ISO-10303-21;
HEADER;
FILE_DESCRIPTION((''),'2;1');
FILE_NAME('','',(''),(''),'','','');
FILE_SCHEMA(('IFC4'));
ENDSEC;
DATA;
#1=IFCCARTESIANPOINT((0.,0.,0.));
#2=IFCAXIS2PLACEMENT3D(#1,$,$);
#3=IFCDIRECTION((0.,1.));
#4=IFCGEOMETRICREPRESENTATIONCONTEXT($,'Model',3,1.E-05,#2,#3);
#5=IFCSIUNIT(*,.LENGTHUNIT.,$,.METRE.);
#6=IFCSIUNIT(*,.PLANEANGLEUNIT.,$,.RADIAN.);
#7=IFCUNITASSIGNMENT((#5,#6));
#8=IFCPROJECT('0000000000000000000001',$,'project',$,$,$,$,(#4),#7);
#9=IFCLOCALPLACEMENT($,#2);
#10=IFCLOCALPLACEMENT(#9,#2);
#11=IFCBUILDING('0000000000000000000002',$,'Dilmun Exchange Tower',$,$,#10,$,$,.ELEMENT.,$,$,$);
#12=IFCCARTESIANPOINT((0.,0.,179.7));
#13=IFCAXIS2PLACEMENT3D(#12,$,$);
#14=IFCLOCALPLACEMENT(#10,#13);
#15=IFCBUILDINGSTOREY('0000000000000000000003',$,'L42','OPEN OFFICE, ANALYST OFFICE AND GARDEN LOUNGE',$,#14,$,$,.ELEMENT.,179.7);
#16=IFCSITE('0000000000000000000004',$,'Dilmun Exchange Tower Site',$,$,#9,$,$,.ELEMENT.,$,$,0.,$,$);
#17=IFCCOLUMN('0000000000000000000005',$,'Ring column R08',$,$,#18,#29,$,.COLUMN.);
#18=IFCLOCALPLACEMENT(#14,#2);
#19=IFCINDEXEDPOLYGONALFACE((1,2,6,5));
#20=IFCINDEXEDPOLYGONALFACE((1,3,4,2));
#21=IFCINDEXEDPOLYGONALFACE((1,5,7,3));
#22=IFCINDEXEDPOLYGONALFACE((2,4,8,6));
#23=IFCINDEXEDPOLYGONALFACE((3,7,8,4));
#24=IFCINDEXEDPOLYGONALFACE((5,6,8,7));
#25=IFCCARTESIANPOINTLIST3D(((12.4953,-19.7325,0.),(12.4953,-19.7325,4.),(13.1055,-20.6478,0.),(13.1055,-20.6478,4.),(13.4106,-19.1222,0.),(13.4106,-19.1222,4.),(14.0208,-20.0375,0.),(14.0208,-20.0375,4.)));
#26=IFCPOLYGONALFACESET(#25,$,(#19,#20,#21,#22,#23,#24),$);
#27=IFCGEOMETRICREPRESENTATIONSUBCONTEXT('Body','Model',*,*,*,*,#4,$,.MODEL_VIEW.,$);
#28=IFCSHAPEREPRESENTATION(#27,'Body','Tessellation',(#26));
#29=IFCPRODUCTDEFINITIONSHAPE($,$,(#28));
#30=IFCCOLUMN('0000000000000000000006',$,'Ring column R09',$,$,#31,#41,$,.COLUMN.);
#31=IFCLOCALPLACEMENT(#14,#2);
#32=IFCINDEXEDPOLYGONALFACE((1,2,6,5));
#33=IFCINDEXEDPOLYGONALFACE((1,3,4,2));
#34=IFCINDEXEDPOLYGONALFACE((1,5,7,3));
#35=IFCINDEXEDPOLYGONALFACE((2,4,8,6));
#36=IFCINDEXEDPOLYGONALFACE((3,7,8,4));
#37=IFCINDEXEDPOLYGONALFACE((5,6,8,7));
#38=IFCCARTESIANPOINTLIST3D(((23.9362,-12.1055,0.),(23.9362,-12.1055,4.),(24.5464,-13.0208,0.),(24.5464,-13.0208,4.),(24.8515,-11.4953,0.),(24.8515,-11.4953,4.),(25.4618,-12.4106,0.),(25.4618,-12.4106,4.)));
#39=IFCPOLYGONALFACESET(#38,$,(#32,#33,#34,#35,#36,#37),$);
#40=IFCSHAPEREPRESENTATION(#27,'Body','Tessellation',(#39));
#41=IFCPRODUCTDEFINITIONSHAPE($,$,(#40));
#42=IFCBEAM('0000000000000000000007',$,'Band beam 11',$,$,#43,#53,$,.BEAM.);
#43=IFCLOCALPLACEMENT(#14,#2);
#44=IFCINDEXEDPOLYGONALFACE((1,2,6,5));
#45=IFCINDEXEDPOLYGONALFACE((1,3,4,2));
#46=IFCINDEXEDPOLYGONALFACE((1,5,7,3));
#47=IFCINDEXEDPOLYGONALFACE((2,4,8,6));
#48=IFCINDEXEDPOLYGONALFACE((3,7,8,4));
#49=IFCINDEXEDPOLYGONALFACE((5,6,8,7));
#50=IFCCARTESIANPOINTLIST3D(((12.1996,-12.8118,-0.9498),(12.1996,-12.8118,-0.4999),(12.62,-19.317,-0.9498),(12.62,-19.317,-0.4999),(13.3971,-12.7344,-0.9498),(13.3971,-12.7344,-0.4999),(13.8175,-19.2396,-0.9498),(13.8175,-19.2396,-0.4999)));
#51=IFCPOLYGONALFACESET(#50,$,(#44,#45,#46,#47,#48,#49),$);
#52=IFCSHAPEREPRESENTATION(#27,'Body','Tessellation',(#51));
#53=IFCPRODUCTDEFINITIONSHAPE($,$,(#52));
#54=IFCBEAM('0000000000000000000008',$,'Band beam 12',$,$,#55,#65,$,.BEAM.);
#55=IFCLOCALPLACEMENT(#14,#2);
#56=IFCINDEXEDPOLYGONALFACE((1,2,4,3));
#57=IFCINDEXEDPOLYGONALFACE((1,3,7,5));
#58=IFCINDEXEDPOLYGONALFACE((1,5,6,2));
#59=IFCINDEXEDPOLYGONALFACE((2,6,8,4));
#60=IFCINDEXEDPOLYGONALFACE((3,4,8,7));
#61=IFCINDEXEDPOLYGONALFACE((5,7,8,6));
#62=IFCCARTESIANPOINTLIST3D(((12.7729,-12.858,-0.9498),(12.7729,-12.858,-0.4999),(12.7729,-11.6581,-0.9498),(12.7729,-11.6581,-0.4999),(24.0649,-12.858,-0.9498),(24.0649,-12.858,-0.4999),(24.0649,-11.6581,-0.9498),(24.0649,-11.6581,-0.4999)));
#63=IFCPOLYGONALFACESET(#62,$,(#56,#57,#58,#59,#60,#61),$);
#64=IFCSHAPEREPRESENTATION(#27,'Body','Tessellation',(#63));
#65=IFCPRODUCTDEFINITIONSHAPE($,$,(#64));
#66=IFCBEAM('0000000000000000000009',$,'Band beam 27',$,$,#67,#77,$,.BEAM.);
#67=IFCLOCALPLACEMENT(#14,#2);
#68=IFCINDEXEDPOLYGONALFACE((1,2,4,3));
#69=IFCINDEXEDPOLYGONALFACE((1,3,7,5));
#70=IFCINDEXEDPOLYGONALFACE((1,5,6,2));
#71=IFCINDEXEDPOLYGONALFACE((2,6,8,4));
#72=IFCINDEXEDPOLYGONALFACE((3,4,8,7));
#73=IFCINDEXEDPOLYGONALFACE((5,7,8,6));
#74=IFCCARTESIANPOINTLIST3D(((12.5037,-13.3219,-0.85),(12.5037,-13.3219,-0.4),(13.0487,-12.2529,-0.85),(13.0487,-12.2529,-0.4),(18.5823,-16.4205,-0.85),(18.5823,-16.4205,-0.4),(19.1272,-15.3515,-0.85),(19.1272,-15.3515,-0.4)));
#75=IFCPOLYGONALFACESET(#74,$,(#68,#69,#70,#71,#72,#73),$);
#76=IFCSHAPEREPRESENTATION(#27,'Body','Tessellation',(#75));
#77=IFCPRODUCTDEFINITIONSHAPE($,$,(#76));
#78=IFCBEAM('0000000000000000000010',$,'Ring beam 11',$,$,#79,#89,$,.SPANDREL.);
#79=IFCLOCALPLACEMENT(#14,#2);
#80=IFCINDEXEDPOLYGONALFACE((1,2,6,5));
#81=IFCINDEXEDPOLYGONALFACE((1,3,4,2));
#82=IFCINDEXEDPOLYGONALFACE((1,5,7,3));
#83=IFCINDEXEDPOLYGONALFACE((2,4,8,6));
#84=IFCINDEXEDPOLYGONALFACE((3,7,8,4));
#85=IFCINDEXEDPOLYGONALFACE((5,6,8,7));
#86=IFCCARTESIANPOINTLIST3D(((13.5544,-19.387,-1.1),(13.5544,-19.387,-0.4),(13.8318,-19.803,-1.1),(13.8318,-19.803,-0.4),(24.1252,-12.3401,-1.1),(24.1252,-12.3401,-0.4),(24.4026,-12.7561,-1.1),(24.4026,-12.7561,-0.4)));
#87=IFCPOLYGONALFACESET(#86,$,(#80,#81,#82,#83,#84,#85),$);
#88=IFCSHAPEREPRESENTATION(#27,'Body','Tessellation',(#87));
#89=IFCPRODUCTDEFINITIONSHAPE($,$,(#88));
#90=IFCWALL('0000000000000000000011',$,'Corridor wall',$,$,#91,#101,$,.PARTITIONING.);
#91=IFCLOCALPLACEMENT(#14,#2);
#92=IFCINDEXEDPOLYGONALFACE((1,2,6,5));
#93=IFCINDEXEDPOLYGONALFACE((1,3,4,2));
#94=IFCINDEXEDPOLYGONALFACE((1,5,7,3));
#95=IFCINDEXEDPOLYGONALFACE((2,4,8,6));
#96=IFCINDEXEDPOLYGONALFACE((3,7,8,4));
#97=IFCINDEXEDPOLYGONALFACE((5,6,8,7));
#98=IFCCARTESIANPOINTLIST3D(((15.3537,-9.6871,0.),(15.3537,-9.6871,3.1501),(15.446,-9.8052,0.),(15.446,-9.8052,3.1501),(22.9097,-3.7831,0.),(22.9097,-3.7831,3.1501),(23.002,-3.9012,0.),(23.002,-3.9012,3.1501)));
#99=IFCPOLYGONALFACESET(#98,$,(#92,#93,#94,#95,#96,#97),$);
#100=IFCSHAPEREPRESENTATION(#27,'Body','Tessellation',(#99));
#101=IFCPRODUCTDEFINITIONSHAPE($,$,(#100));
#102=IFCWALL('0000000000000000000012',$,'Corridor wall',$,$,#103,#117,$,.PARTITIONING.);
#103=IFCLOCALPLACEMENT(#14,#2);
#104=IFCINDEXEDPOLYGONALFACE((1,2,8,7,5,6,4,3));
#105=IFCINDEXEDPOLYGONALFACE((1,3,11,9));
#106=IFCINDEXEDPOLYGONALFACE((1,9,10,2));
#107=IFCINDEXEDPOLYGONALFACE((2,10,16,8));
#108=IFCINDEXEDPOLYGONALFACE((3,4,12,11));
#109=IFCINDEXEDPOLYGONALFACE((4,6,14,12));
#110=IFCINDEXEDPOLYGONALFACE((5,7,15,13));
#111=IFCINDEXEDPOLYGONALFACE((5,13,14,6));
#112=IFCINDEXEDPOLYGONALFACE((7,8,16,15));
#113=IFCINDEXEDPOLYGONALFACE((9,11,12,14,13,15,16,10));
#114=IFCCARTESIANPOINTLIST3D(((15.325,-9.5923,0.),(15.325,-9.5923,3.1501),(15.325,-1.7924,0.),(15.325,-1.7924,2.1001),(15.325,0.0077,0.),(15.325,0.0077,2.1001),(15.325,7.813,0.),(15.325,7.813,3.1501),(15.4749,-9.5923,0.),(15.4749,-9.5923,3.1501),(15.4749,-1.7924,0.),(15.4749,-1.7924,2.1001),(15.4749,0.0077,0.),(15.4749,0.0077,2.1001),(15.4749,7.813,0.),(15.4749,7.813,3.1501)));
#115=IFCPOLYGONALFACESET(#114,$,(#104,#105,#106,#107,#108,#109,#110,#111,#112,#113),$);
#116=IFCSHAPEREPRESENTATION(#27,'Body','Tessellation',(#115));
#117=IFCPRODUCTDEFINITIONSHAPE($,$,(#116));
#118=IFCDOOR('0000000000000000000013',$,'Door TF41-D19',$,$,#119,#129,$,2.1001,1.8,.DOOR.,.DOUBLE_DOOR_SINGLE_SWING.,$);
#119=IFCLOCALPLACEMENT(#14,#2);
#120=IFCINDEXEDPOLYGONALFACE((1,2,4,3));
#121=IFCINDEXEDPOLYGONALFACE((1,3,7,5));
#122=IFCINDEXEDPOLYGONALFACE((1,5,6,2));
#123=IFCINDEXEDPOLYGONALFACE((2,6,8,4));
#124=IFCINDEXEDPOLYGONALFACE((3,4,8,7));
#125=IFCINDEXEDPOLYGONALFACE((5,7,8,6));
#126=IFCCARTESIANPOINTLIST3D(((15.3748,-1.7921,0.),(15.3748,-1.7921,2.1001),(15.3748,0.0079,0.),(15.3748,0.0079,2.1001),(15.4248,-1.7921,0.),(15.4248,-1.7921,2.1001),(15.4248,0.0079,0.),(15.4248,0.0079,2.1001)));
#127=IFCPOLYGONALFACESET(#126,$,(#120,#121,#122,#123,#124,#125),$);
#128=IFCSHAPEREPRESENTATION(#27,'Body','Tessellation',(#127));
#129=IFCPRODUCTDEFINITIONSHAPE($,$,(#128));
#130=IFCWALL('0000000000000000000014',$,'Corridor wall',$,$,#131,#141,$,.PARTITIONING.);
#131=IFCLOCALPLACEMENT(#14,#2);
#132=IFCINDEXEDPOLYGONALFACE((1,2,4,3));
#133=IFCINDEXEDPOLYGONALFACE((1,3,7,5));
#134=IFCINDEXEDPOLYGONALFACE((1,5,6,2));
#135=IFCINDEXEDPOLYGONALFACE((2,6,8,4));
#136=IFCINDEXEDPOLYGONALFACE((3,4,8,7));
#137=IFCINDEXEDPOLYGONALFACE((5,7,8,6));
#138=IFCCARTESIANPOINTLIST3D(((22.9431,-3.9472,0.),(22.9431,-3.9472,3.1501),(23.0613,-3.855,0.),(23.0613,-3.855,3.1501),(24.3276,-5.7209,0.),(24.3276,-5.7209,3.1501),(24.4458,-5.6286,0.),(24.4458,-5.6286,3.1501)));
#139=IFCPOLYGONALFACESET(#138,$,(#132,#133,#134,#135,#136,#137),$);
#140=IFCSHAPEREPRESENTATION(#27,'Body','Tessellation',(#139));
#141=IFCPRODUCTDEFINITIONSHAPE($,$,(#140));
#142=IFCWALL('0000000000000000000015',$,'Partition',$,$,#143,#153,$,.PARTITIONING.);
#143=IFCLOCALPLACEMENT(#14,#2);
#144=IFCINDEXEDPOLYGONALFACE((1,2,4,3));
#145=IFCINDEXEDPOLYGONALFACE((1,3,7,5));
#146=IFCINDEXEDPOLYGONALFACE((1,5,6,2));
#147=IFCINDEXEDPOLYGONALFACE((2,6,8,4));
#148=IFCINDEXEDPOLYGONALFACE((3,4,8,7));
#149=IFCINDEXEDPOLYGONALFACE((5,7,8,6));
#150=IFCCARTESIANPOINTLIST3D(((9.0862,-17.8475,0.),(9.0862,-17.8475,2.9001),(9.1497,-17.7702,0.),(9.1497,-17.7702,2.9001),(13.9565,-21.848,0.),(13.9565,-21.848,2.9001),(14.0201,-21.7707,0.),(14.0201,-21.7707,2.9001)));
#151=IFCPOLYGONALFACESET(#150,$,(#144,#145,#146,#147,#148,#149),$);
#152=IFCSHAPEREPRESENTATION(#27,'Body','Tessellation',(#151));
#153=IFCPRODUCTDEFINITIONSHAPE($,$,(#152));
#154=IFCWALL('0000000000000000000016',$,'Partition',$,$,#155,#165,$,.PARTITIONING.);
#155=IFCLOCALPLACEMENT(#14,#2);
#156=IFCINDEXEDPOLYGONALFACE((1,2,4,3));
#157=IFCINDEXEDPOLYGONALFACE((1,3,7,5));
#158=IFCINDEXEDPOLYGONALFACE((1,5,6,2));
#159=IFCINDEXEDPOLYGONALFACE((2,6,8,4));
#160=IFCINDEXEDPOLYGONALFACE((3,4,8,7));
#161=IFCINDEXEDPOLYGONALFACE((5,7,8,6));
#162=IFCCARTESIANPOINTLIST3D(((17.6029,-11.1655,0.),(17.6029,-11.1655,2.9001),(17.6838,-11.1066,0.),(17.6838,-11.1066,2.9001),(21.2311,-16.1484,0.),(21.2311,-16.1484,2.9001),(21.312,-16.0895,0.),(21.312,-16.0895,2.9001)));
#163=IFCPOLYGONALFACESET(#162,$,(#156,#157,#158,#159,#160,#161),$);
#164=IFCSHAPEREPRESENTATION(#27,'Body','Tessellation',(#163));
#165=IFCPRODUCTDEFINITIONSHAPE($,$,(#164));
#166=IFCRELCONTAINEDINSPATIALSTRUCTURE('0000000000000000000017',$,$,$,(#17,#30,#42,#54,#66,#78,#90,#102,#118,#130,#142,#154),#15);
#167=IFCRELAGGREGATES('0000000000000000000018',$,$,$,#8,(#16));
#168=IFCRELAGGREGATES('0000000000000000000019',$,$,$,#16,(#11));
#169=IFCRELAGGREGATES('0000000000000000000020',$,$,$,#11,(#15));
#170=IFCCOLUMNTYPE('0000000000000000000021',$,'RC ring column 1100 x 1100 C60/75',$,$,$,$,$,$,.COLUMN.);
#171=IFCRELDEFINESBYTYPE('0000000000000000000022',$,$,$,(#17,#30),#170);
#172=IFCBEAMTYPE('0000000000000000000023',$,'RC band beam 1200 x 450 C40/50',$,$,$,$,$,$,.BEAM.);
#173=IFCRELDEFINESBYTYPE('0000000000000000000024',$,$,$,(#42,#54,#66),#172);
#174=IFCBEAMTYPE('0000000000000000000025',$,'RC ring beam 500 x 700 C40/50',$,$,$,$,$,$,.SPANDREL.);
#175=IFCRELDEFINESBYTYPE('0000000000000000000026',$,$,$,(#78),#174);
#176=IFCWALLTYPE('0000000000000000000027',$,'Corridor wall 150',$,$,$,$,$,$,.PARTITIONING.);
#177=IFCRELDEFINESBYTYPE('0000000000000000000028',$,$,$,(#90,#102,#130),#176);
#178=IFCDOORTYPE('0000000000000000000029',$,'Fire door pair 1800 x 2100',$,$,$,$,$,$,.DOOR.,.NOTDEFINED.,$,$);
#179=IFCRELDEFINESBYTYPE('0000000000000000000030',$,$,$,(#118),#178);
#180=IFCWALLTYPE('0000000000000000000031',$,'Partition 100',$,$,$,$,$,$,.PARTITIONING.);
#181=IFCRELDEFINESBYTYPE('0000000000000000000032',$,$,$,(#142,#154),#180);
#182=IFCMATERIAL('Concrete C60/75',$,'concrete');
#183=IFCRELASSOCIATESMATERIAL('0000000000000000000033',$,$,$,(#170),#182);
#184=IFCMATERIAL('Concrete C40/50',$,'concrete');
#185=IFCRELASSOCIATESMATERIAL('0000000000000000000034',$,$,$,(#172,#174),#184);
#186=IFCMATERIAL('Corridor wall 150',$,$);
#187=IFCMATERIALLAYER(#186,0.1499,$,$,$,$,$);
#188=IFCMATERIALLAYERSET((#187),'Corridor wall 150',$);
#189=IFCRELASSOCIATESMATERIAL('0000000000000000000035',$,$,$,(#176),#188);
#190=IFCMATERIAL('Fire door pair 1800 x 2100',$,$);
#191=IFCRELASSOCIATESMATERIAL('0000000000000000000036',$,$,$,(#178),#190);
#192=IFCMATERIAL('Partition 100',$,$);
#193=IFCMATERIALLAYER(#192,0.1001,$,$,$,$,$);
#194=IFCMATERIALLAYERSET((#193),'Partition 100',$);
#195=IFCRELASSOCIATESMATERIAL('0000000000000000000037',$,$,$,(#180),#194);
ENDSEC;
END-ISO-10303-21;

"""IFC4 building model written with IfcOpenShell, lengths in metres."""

from ifc_helpers import new_model, si_unit, direction, frame, frame_2d, origin, origin_2d, place, context, subcontext, project, spatial, rectangle, extrude, material, layer, layer_set, material_profile, profile_set, type_object, element, fill, save


model = new_model("IFC4")

# Units and contexts
model_context = context("Model", 3, precision=1e-05, world=origin(), true_north=direction((0.0, 1.0)))
body_context = subcontext(model_context, "Body", "Model", "MODEL_VIEW")
ifc_project = project(units=[si_unit("LENGTHUNIT", "METRE"), si_unit("PLANEANGLEUNIT", "RADIAN")], contexts=[model_context])

# Site, building, storey
site_placement = place(None, origin())
site = spatial("IfcSite", under=ifc_project, at=site_placement, Name="Dilmun Exchange Tower Site", CompositionType="ELEMENT", RefElevation=0.0)
building_placement = place(site_placement, origin())
building = spatial("IfcBuilding", under=site, at=building_placement, Name="Dilmun Exchange Tower", CompositionType="ELEMENT")
storey_placement = place(building_placement, frame((0.0, 0.0, 179.7)))
storey = spatial("IfcBuildingStorey", under=building, at=storey_placement, Name="L42", Description="OPEN OFFICE, ANALYST OFFICE AND GARDEN LOUNGE", CompositionType="ELEMENT", Elevation=179.7)

# Columns
ifc_material_1 = material(Name="Concrete C60/75", Category="concrete")
ifc_material_profile_1 = material_profile(ifc_material_1, rectangle(XDim=1.1001, YDim=1.1001, at=origin_2d()), Name="1100 x 1100")
ifc_profile_set_1 = profile_set([ifc_material_profile_1], Name="Concrete C60/75")
column_type = type_object("IfcColumnType", Name="RC ring column 1100 x 1100 C60/75", PredefinedType="COLUMN", material=ifc_profile_set_1)
for number, where, z_axis, x_axis, name in (
    (1, (13.2581, -19.885, 0.0), (0.0, 0.0, 1.0), (0.832029, 0.554733, 0.0), "Ring column R08"),
    (2, (24.699, -12.2581, 0.0), (0.0, 0.0, 1.0), (0.832029, 0.554733, 0.0), "Ring column R09"),
):
    element("IfcColumn", number, at=place(storey_placement, frame(where, z_axis=z_axis, x_axis=x_axis)), inside=storey, type_object=column_type, Name=name, PredefinedType="COLUMN", context=body_context, shape_type="SweptSolid", body=[
        extrude(rectangle(XDim=1.1001, YDim=1.1001, at=origin_2d()), origin(), (0.0, 0.0, 1.0), 4.0),
    ])

# Beams
ifc_material_2 = material(Name="Concrete C40/50", Category="concrete")
ifc_material_profile_2 = material_profile(ifc_material_2, rectangle(XDim=1.2, YDim=0.45, at=origin_2d()), Name="1200 x 450")
ifc_profile_set_2 = profile_set([ifc_material_profile_2], Name="Concrete C40/50")
beam_type_1 = type_object("IfcBeamType", Name="RC band beam 1200 x 450 C40/50", PredefinedType="BEAM", material=ifc_profile_set_2)
beam_1_placement = place(storey_placement, frame((13.2188, -19.2783, -0.7249), z_axis=(-0.064493, 0.997918, 0.0), x_axis=(-0.997918, -0.064493, 0.0)))
element("IfcBeam", 3, at=beam_1_placement, inside=storey, type_object=beam_type_1, Name="Band beam 11", PredefinedType="BEAM", context=body_context, shape_type="SweptSolid", body=[
    extrude(rectangle(XDim=1.2, YDim=0.45, at=origin_2d()), origin(), (0.0, 0.0, 1.0), 6.5188),
])
beam_2_placement = place(storey_placement, frame((24.0649, -12.2581, -0.7249), z_axis=(-1.0, 0.0, 0.0), x_axis=(0.0, -1.0, 0.0)))
element("IfcBeam", 4, at=beam_2_placement, inside=storey, type_object=beam_type_1, Name="Band beam 12", PredefinedType="BEAM", context=body_context, shape_type="SweptSolid", body=[
    extrude(rectangle(XDim=1.2, YDim=0.45, at=origin_2d()), origin(), (0.0, 0.0, 1.0), 11.292),
])
beam_3_placement = place(storey_placement, frame((18.8547, -15.886, -0.625), z_axis=(-0.890922, 0.454156, 0.0), x_axis=(-0.454156, -0.890922, 0.0)))
element("IfcBeam", 5, at=beam_3_placement, inside=storey, type_object=beam_type_1, Name="Band beam 27", PredefinedType="BEAM", context=body_context, shape_type="SweptSolid", body=[
    extrude(rectangle(XDim=1.2, YDim=0.45, at=origin_2d()), origin(), (0.0, 0.0, 1.0), 6.8228),
])
ifc_material_profile_3 = material_profile(ifc_material_2, rectangle(XDim=0.5, YDim=0.7, at=origin_2d()), Name="500 x 700")
ifc_profile_set_3 = profile_set([ifc_material_profile_3], Name="Concrete C40/50")
beam_type_2 = type_object("IfcBeamType", Name="RC ring beam 500 x 700 C40/50", PredefinedType="SPANDREL", material=ifc_profile_set_3)
beam_4_placement = place(storey_placement, frame((13.6931, -19.595, -0.75), z_axis=(0.832062, 0.554682, 0.0), x_axis=(-0.554682, 0.832062, 0.0)))
element("IfcBeam", 6, at=beam_4_placement, inside=storey, type_object=beam_type_2, Name="Ring beam 11", PredefinedType="SPANDREL", context=body_context, shape_type="SweptSolid", body=[
    extrude(rectangle(XDim=0.5, YDim=0.7, at=origin_2d()), origin(), (0.0, 0.0, 1.0), 12.7043),
])

# Wall
ifc_material_3 = material(Name="Corridor wall 150")
ifc_layer_1 = layer(ifc_material_3, 0.1499)
ifc_layer_set_1 = layer_set([ifc_layer_1], Name="Corridor wall 150")
wall_type_1 = type_object("IfcWallType", Name="Corridor wall 150", PredefinedType="PARTITIONING", material=ifc_layer_set_1)
wall_1_placement = place(storey_placement, frame((15.3999, -9.7461, 0.0), z_axis=(0.0, 0.0, 1.0), x_axis=(0.787983, 0.615696, 0.0)))
element("IfcWall", 7, at=wall_1_placement, inside=storey, type_object=wall_type_1, Name="Corridor wall", PredefinedType="PARTITIONING", context=body_context, shape_type="SweptSolid", body=[
    extrude(rectangle(XDim=9.5891, YDim=0.1499, at=frame_2d((4.7944, 0.0))), origin(), (0.0, 0.0, 1.0), 3.1501),
])

# Wall, opening, door
wall_2_placement = place(storey_placement, frame((15.3999, -9.5923, 0.0), z_axis=(0.0, 0.0, 1.0), x_axis=(0.0, 1.0, 0.0)))
wall_2 = element("IfcWall", 8, at=wall_2_placement, inside=storey, type_object=wall_type_1, Name="Corridor wall", PredefinedType="PARTITIONING", context=body_context, shape_type="SweptSolid", body=[
    extrude(rectangle(XDim=17.4053, YDim=0.1499, at=frame_2d((8.7026, 0.0))), origin(), (0.0, 0.0, 1.0), 3.1501),
])
opening_1_placement = place(wall_2_placement, frame((7.8, 0.0, 0.0)))
opening_1 = element("IfcOpeningElement", 9, at=opening_1_placement, cuts=wall_2, PredefinedType="OPENING", context=body_context, shape_type="SweptSolid", body=[
    extrude(rectangle(XDim=1.8, YDim=2.1001, at=frame_2d((0.8999, 1.05))), frame((0.0, 0.085, 0.0), z_axis=(0.0, -1.0, 0.0), x_axis=(1.0, 0.0, 0.0)), (0.0, 0.0, 1.0), 0.1699),
])
ifc_material_4 = material(Name="Fire door pair 1800 x 2100")
door_type_1 = type_object("IfcDoorType", Name="Fire door pair 1800 x 2100", OperationType="NOTDEFINED", PredefinedType="DOOR", material=ifc_material_4)
door_1_placement = place(opening_1_placement, frame((1.8, 0.0, 0.0), z_axis=(0.0, 0.0, 1.0), x_axis=(-1.0, 0.0, 0.0)))
door_1 = element("IfcDoor", 10, at=door_1_placement, inside=storey, type_object=door_type_1, Name="Door TF41-D19", OperationType="DOUBLE_DOOR_SINGLE_SWING", OverallHeight=2.1001, OverallWidth=1.8, PredefinedType="DOOR", context=body_context, shape_type="SweptSolid", body=[
    extrude(rectangle(XDim=1.8, YDim=2.1001, at=frame_2d((0.8999, 1.05))), frame((0.0, 0.0249, 0.0), z_axis=(0.0, -1.0, 0.0), x_axis=(1.0, 0.0, 0.0)), (0.0, 0.0, 1.0), 0.05),
])
fill(opening_1, door_1)

# Walls
wall_3_placement = place(storey_placement, frame((23.0022, -3.9011, 0.0), z_axis=(0.0, 0.0, 1.0), x_axis=(0.615322, -0.788276, 0.0)))
element("IfcWall", 11, at=wall_3_placement, inside=storey, type_object=wall_type_1, Name="Corridor wall", PredefinedType="PARTITIONING", context=body_context, shape_type="SweptSolid", body=[
    extrude(rectangle(XDim=2.25, YDim=0.1499, at=frame_2d((1.125, 0.0))), origin(), (0.0, 0.0, 1.0), 3.1501),
])
ifc_material_5 = material(Name="Partition 100")
ifc_layer_2 = layer(ifc_material_5, 0.1001)
ifc_layer_set_2 = layer_set([ifc_layer_2], Name="Partition 100")
wall_type_2 = type_object("IfcWallType", Name="Partition 100", PredefinedType="PARTITIONING", material=ifc_layer_set_2)
wall_4_placement = place(storey_placement, frame((9.1179, -17.8088, 0.0), z_axis=(0.0, 0.0, 1.0), x_axis=(0.772739, -0.634724, 0.0)))
element("IfcWall", 12, at=wall_4_placement, inside=storey, type_object=wall_type_2, Name="Partition", PredefinedType="PARTITIONING", context=body_context, shape_type="SweptSolid", body=[
    extrude(rectangle(XDim=6.3027, YDim=0.1001, at=frame_2d((3.1514, 0.0))), origin(), (0.0, 0.0, 1.0), 2.9001),
])
wall_5_placement = place(storey_placement, frame((17.6433, -11.136, 0.0), z_axis=(0.0, 0.0, 1.0), x_axis=(0.588621, -0.808409, 0.0)))
element("IfcWall", 13, at=wall_5_placement, inside=storey, type_object=wall_type_2, Name="Partition", PredefinedType="PARTITIONING", context=body_context, shape_type="SweptSolid", body=[
    extrude(rectangle(XDim=6.1638, YDim=0.1001, at=frame_2d((3.082, 0.0))), origin(), (0.0, 0.0, 1.0), 2.9001),
])

save(model, "model.ifc")
